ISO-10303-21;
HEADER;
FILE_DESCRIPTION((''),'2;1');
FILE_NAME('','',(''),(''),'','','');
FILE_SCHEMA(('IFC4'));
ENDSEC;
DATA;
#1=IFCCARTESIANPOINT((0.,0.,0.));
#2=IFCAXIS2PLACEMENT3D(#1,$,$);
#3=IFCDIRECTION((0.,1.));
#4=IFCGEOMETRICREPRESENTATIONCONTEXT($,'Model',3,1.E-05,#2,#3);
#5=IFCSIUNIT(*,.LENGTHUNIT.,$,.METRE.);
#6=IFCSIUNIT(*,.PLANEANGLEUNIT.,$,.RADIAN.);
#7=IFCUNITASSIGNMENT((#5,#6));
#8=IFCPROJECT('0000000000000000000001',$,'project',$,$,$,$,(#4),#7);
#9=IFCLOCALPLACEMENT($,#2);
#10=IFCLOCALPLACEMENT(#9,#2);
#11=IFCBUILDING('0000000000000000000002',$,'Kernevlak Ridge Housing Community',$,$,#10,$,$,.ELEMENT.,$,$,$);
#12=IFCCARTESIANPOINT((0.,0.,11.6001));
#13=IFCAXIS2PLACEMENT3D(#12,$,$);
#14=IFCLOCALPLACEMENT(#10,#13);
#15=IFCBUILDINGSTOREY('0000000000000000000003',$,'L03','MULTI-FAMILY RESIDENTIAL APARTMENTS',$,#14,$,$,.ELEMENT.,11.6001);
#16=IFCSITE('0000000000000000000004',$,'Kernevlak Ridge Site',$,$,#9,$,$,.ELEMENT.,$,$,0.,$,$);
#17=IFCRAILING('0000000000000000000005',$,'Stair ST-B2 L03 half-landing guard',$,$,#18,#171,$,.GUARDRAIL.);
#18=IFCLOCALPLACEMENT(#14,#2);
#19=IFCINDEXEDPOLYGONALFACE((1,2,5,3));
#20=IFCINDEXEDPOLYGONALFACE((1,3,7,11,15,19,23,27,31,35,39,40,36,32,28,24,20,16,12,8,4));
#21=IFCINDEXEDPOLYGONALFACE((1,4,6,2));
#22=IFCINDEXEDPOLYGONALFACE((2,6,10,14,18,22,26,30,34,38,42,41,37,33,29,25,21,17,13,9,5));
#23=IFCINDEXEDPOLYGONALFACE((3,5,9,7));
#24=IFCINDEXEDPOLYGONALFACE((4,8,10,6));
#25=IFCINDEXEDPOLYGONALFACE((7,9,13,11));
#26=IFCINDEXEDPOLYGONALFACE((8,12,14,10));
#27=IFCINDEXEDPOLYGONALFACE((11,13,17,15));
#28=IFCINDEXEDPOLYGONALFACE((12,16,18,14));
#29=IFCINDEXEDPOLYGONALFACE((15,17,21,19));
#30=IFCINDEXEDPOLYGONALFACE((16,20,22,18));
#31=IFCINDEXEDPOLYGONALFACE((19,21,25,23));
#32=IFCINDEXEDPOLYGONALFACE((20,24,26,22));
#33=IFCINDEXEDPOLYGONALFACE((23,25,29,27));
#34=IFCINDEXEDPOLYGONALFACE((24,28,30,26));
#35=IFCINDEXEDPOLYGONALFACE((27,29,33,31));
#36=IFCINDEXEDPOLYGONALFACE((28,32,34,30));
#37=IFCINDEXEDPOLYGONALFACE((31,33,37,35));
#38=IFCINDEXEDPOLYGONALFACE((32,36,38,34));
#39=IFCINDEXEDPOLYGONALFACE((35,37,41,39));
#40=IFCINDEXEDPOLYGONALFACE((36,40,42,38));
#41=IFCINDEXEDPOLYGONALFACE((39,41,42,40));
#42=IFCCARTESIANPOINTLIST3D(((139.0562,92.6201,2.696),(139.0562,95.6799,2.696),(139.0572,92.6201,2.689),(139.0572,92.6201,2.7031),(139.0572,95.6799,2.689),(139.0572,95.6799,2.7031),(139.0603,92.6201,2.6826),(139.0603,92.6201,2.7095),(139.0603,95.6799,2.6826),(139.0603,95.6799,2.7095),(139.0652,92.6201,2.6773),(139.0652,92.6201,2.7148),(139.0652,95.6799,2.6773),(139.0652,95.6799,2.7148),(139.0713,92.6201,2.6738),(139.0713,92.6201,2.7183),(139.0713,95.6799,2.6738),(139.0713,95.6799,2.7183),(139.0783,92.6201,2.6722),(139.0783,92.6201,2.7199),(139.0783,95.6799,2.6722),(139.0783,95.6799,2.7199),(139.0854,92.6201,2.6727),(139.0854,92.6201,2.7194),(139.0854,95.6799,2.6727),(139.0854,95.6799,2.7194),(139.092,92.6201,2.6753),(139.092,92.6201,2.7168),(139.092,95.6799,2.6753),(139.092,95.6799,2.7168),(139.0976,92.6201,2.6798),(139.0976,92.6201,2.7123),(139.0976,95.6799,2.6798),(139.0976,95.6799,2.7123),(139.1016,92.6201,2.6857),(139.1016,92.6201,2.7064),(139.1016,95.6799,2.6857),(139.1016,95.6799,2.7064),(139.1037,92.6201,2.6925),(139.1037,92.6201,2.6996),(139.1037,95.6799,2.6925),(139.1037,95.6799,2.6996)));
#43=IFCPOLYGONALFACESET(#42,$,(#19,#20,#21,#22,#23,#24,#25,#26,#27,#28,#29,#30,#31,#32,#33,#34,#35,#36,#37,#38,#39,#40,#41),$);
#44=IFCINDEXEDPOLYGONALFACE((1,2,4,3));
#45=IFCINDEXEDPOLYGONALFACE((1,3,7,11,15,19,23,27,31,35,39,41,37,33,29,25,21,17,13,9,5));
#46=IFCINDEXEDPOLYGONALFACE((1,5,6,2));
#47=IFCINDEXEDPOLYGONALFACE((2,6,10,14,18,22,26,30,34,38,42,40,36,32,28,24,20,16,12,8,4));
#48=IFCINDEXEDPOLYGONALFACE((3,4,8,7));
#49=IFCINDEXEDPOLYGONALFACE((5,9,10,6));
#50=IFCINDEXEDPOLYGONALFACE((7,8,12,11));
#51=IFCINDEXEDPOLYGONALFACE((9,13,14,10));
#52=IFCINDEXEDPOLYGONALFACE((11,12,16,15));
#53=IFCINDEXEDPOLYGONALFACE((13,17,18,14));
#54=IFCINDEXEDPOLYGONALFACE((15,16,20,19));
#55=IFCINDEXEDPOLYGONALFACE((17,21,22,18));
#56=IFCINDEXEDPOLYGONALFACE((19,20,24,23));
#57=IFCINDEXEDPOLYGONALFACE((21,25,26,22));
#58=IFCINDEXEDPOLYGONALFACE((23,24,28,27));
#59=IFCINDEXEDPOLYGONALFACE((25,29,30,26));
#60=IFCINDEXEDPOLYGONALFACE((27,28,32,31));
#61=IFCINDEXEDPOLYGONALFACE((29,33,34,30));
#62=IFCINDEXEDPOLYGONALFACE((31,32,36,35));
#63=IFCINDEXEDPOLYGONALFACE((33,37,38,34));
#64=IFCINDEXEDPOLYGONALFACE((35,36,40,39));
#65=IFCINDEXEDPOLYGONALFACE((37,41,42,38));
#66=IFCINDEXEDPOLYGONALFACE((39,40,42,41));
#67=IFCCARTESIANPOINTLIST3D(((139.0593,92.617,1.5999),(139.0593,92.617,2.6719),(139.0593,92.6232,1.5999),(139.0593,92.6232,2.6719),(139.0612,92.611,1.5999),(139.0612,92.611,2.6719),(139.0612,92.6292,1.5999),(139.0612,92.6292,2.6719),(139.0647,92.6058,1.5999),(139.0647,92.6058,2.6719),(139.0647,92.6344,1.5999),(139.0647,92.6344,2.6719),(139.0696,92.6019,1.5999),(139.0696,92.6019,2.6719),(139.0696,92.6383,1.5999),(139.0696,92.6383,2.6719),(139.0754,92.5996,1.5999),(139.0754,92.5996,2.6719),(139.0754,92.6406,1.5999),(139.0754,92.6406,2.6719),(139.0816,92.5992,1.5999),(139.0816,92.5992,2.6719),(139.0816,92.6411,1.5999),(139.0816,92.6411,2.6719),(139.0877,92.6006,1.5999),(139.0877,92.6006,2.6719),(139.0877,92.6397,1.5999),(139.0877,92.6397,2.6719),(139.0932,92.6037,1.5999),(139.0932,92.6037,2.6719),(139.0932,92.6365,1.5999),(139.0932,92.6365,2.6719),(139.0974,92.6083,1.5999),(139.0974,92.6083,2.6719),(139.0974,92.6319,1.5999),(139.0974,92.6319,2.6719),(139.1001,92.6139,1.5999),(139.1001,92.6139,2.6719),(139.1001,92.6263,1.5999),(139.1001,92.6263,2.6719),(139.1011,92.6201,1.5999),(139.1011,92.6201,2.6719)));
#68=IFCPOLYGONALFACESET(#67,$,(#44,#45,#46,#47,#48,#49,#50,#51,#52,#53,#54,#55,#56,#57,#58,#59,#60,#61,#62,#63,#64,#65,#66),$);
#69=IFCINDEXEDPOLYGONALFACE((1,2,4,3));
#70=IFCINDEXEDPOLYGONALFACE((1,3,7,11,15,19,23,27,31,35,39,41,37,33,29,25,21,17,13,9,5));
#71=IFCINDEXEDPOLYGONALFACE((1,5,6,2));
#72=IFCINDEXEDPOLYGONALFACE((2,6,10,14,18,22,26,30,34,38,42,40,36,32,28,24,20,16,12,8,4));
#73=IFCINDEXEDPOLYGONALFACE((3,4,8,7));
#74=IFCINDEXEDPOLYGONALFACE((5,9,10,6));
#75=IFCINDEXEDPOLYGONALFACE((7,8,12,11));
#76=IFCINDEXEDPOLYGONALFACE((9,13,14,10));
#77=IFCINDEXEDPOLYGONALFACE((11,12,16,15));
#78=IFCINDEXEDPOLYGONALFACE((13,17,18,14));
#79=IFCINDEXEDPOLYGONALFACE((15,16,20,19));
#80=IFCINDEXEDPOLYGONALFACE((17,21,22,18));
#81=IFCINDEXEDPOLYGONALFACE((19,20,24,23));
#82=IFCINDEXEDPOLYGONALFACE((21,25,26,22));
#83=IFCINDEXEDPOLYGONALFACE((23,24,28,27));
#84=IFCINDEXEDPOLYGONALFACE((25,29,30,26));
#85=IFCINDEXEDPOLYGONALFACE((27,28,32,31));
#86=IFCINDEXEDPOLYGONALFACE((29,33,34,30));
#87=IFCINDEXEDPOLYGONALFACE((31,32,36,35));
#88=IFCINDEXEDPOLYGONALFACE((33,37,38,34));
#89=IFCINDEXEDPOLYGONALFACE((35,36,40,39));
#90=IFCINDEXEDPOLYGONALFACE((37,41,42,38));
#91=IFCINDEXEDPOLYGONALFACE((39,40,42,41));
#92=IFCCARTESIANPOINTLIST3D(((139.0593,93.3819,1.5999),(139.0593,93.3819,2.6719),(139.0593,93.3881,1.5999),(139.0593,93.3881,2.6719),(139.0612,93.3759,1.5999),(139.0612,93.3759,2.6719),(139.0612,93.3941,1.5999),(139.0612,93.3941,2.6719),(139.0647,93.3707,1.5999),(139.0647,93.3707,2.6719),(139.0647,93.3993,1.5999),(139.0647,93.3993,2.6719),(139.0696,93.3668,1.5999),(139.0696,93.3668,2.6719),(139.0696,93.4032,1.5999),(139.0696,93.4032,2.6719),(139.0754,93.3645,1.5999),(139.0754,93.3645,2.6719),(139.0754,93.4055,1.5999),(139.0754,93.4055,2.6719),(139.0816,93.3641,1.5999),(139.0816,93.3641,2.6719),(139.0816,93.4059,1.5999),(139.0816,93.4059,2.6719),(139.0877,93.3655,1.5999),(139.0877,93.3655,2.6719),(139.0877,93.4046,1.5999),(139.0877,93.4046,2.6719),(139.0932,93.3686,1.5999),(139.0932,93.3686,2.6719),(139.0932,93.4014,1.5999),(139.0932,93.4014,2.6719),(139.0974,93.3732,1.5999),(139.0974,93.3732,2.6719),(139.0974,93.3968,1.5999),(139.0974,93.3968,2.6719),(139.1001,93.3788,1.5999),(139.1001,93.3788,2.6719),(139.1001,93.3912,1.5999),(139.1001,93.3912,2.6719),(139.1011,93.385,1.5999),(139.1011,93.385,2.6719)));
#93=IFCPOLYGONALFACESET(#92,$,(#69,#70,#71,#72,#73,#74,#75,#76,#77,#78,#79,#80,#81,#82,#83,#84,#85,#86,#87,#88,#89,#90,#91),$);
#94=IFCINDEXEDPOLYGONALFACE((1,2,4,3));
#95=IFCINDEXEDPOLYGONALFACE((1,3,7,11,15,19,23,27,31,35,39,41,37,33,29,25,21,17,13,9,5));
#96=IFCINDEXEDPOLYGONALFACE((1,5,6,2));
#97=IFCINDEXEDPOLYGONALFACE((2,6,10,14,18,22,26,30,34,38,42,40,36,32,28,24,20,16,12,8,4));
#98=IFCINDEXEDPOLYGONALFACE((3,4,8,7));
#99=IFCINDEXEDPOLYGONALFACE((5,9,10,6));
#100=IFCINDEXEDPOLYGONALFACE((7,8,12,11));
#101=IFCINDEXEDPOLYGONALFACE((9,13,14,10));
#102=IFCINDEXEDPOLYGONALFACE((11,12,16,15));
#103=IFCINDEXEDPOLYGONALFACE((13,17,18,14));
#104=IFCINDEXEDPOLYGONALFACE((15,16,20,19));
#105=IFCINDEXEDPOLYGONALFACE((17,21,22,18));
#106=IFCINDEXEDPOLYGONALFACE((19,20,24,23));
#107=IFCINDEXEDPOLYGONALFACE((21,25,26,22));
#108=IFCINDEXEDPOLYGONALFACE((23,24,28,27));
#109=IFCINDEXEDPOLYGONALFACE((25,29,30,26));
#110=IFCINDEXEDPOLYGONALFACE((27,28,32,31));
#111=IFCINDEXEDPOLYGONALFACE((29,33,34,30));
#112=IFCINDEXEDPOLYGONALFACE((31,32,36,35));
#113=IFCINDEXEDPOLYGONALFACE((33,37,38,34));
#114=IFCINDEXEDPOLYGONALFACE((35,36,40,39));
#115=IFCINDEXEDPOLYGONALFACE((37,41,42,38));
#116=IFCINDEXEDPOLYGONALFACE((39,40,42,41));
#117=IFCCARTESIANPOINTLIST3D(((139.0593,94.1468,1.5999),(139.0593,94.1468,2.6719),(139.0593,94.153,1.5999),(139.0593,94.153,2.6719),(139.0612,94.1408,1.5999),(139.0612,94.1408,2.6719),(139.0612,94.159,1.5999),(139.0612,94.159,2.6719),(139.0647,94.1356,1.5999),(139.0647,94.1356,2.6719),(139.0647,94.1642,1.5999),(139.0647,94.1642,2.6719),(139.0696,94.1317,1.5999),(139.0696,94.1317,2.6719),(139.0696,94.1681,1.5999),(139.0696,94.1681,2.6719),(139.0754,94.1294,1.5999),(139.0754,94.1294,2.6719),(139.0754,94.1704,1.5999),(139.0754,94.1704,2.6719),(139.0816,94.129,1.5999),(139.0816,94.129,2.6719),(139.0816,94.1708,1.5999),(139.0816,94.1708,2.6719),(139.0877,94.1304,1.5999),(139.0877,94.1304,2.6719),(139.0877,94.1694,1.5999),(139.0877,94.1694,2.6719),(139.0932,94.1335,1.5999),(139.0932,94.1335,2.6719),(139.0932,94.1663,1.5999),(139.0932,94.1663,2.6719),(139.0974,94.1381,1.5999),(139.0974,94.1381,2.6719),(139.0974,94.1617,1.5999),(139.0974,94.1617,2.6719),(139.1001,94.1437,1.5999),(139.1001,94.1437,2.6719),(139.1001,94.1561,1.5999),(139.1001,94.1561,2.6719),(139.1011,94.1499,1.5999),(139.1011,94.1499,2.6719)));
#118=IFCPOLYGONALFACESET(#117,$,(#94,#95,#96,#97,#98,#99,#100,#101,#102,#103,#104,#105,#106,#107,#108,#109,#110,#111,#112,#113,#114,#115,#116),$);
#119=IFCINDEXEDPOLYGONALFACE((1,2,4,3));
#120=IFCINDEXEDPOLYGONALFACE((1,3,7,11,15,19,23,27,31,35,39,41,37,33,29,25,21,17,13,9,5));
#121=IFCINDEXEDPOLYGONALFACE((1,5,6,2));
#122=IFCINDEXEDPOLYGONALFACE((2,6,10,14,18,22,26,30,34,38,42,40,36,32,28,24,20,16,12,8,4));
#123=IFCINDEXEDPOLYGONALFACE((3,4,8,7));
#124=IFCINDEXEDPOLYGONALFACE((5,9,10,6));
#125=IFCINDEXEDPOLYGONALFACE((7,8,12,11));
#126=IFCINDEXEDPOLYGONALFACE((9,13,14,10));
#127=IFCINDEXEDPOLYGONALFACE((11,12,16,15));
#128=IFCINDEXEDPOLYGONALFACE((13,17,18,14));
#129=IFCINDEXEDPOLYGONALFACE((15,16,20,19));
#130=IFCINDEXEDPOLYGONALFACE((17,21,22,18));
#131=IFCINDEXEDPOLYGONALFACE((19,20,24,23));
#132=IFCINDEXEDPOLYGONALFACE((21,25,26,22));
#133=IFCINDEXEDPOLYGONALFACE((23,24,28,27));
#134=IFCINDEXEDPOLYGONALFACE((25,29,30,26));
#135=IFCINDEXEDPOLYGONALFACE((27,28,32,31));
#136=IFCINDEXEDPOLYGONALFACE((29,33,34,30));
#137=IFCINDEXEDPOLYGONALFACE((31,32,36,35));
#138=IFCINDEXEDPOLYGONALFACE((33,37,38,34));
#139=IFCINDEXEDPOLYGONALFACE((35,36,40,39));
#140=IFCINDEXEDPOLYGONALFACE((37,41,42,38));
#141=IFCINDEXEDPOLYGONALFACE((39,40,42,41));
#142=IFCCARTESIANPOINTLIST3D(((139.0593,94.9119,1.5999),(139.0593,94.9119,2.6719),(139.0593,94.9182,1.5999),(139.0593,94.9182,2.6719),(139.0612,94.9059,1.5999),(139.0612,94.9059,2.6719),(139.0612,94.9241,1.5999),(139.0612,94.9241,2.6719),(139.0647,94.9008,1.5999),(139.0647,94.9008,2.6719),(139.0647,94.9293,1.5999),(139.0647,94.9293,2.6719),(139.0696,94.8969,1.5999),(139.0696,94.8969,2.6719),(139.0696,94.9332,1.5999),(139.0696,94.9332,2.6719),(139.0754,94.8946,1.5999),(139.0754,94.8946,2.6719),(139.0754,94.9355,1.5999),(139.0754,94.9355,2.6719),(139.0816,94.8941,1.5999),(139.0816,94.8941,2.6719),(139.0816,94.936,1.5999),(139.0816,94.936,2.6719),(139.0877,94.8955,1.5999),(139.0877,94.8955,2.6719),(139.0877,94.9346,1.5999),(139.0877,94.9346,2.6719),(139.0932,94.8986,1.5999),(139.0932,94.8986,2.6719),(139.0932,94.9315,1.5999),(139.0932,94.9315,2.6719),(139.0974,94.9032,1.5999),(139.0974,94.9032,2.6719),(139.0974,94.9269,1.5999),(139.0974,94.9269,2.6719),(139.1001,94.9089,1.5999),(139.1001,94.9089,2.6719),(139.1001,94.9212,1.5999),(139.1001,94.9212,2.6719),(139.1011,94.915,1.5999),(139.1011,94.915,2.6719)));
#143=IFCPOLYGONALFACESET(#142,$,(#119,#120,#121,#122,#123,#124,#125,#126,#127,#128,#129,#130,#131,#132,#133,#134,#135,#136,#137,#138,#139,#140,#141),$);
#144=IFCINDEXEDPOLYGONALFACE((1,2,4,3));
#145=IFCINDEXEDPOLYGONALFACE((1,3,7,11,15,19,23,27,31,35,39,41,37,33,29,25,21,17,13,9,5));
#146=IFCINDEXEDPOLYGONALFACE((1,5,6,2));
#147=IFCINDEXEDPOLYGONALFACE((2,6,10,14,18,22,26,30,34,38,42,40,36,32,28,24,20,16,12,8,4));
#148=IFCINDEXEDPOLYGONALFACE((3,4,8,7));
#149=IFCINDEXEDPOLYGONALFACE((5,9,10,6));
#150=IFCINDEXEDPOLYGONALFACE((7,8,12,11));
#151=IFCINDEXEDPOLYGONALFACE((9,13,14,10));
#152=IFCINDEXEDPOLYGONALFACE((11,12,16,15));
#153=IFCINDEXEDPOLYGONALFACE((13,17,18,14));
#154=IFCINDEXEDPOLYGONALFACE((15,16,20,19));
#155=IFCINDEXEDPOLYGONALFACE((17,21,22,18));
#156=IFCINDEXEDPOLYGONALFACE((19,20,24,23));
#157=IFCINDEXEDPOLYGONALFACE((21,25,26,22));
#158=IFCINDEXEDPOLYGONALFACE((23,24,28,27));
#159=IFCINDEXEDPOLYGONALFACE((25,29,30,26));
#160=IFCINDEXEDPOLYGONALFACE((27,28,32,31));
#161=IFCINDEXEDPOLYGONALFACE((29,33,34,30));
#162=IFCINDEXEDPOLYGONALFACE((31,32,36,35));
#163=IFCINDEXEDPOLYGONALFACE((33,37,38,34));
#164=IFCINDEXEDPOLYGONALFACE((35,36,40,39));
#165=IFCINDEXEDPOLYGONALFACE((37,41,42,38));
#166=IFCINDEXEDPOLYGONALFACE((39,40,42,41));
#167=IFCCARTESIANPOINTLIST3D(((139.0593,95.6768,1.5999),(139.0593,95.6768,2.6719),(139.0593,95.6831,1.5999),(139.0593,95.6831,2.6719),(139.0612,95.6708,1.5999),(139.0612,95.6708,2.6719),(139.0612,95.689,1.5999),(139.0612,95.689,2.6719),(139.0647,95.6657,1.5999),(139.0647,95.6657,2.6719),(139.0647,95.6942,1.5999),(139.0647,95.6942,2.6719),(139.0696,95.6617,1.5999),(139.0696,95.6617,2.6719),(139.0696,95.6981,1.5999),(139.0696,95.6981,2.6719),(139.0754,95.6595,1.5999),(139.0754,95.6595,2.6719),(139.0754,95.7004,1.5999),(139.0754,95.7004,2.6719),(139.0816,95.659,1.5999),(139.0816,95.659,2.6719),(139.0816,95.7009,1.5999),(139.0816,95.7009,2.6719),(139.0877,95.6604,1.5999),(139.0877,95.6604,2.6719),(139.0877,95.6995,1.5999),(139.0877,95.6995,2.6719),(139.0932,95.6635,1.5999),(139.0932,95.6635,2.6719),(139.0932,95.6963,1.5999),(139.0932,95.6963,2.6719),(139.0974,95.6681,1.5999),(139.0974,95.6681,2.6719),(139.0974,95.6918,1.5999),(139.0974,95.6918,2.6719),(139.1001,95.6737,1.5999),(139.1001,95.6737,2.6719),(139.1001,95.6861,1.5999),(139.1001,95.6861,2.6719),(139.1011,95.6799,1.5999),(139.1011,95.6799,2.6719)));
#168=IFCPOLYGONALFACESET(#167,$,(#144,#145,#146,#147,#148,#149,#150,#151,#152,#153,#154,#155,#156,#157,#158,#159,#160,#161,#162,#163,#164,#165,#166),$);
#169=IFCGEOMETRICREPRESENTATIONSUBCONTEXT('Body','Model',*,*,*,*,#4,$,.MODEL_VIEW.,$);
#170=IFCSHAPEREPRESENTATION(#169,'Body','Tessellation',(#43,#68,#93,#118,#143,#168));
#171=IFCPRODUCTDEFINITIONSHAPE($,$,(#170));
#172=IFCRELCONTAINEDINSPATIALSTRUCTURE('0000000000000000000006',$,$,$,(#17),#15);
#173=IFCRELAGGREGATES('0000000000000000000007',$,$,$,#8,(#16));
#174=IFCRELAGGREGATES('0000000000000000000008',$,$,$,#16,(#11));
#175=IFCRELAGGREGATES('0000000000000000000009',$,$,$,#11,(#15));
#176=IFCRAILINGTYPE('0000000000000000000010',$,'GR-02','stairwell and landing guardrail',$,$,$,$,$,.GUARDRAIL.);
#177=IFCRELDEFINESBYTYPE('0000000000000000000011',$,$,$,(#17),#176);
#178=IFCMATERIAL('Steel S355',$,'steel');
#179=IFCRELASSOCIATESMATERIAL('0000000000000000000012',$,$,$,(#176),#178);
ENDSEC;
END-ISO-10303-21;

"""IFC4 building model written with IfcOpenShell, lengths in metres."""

from ifc_helpers import new_model, si_unit, direction, frame, origin, origin_2d, place, context, subcontext, project, spatial, circle, extrude, material, type_object, element, save


model = new_model("IFC4")

# Units and contexts
model_context = context("Model", 3, precision=1e-05, world=origin(), true_north=direction((0.0, 1.0)))
body_context = subcontext(model_context, "Body", "Model", "MODEL_VIEW")
ifc_project = project(units=[si_unit("LENGTHUNIT", "METRE"), si_unit("PLANEANGLEUNIT", "RADIAN")], contexts=[model_context])

# Site, building, storey
site_placement = place(None, origin())
site = spatial("IfcSite", under=ifc_project, at=site_placement, Name="Kernevlak Ridge Site", CompositionType="ELEMENT", RefElevation=0.0)
building_placement = place(site_placement, origin())
building = spatial("IfcBuilding", under=site, at=building_placement, Name="Kernevlak Ridge Housing Community", CompositionType="ELEMENT")
storey_placement = place(building_placement, frame((0.0, 0.0, 11.6001)))
storey = spatial("IfcBuildingStorey", under=building, at=storey_placement, Name="L03", Description="MULTI-FAMILY RESIDENTIAL APARTMENTS", CompositionType="ELEMENT", Elevation=11.6001)

# Railing
ifc_material_1 = material(Name="Steel S355", Category="steel")
railing_type_1 = type_object("IfcRailingType", Name="GR-02", Description="stairwell and landing guardrail", PredefinedType="GUARDRAIL", material=ifc_material_1)
railing_1_placement = place(storey_placement, frame((139.0801, 92.6201, 1.5999)))
element("IfcRailing", 1, at=railing_1_placement, inside=storey, type_object=railing_type_1, Name="Stair ST-B2 L03 half-landing guard", PredefinedType="GUARDRAIL", context=body_context, shape_type="SweptSolid", body=[
    extrude(circle(Radius=0.0239, at=origin_2d()), frame((0.0, 0.0, 1.0962), z_axis=(0.0, 1.0, 0.0), x_axis=(-1.0, 0.0, 0.0)), (0.0, 0.0, 1.0), 3.0598),
    extrude(circle(Radius=0.021, at=origin_2d()), origin(), (0.0, 0.0, 1.0), 1.072),
    extrude(circle(Radius=0.021, at=origin_2d()), frame((0.0, 0.7649, 0.0)), (0.0, 0.0, 1.0), 1.072),
    extrude(circle(Radius=0.021, at=origin_2d()), frame((0.0, 1.5298, 0.0)), (0.0, 0.0, 1.0), 1.072),
    extrude(circle(Radius=0.021, at=origin_2d()), frame((0.0, 2.2949, 0.0)), (0.0, 0.0, 1.0), 1.072),
    extrude(circle(Radius=0.021, at=origin_2d()), frame((0.0, 3.0598, 0.0)), (0.0, 0.0, 1.0), 1.072),
])

save(model, "model.ifc")
